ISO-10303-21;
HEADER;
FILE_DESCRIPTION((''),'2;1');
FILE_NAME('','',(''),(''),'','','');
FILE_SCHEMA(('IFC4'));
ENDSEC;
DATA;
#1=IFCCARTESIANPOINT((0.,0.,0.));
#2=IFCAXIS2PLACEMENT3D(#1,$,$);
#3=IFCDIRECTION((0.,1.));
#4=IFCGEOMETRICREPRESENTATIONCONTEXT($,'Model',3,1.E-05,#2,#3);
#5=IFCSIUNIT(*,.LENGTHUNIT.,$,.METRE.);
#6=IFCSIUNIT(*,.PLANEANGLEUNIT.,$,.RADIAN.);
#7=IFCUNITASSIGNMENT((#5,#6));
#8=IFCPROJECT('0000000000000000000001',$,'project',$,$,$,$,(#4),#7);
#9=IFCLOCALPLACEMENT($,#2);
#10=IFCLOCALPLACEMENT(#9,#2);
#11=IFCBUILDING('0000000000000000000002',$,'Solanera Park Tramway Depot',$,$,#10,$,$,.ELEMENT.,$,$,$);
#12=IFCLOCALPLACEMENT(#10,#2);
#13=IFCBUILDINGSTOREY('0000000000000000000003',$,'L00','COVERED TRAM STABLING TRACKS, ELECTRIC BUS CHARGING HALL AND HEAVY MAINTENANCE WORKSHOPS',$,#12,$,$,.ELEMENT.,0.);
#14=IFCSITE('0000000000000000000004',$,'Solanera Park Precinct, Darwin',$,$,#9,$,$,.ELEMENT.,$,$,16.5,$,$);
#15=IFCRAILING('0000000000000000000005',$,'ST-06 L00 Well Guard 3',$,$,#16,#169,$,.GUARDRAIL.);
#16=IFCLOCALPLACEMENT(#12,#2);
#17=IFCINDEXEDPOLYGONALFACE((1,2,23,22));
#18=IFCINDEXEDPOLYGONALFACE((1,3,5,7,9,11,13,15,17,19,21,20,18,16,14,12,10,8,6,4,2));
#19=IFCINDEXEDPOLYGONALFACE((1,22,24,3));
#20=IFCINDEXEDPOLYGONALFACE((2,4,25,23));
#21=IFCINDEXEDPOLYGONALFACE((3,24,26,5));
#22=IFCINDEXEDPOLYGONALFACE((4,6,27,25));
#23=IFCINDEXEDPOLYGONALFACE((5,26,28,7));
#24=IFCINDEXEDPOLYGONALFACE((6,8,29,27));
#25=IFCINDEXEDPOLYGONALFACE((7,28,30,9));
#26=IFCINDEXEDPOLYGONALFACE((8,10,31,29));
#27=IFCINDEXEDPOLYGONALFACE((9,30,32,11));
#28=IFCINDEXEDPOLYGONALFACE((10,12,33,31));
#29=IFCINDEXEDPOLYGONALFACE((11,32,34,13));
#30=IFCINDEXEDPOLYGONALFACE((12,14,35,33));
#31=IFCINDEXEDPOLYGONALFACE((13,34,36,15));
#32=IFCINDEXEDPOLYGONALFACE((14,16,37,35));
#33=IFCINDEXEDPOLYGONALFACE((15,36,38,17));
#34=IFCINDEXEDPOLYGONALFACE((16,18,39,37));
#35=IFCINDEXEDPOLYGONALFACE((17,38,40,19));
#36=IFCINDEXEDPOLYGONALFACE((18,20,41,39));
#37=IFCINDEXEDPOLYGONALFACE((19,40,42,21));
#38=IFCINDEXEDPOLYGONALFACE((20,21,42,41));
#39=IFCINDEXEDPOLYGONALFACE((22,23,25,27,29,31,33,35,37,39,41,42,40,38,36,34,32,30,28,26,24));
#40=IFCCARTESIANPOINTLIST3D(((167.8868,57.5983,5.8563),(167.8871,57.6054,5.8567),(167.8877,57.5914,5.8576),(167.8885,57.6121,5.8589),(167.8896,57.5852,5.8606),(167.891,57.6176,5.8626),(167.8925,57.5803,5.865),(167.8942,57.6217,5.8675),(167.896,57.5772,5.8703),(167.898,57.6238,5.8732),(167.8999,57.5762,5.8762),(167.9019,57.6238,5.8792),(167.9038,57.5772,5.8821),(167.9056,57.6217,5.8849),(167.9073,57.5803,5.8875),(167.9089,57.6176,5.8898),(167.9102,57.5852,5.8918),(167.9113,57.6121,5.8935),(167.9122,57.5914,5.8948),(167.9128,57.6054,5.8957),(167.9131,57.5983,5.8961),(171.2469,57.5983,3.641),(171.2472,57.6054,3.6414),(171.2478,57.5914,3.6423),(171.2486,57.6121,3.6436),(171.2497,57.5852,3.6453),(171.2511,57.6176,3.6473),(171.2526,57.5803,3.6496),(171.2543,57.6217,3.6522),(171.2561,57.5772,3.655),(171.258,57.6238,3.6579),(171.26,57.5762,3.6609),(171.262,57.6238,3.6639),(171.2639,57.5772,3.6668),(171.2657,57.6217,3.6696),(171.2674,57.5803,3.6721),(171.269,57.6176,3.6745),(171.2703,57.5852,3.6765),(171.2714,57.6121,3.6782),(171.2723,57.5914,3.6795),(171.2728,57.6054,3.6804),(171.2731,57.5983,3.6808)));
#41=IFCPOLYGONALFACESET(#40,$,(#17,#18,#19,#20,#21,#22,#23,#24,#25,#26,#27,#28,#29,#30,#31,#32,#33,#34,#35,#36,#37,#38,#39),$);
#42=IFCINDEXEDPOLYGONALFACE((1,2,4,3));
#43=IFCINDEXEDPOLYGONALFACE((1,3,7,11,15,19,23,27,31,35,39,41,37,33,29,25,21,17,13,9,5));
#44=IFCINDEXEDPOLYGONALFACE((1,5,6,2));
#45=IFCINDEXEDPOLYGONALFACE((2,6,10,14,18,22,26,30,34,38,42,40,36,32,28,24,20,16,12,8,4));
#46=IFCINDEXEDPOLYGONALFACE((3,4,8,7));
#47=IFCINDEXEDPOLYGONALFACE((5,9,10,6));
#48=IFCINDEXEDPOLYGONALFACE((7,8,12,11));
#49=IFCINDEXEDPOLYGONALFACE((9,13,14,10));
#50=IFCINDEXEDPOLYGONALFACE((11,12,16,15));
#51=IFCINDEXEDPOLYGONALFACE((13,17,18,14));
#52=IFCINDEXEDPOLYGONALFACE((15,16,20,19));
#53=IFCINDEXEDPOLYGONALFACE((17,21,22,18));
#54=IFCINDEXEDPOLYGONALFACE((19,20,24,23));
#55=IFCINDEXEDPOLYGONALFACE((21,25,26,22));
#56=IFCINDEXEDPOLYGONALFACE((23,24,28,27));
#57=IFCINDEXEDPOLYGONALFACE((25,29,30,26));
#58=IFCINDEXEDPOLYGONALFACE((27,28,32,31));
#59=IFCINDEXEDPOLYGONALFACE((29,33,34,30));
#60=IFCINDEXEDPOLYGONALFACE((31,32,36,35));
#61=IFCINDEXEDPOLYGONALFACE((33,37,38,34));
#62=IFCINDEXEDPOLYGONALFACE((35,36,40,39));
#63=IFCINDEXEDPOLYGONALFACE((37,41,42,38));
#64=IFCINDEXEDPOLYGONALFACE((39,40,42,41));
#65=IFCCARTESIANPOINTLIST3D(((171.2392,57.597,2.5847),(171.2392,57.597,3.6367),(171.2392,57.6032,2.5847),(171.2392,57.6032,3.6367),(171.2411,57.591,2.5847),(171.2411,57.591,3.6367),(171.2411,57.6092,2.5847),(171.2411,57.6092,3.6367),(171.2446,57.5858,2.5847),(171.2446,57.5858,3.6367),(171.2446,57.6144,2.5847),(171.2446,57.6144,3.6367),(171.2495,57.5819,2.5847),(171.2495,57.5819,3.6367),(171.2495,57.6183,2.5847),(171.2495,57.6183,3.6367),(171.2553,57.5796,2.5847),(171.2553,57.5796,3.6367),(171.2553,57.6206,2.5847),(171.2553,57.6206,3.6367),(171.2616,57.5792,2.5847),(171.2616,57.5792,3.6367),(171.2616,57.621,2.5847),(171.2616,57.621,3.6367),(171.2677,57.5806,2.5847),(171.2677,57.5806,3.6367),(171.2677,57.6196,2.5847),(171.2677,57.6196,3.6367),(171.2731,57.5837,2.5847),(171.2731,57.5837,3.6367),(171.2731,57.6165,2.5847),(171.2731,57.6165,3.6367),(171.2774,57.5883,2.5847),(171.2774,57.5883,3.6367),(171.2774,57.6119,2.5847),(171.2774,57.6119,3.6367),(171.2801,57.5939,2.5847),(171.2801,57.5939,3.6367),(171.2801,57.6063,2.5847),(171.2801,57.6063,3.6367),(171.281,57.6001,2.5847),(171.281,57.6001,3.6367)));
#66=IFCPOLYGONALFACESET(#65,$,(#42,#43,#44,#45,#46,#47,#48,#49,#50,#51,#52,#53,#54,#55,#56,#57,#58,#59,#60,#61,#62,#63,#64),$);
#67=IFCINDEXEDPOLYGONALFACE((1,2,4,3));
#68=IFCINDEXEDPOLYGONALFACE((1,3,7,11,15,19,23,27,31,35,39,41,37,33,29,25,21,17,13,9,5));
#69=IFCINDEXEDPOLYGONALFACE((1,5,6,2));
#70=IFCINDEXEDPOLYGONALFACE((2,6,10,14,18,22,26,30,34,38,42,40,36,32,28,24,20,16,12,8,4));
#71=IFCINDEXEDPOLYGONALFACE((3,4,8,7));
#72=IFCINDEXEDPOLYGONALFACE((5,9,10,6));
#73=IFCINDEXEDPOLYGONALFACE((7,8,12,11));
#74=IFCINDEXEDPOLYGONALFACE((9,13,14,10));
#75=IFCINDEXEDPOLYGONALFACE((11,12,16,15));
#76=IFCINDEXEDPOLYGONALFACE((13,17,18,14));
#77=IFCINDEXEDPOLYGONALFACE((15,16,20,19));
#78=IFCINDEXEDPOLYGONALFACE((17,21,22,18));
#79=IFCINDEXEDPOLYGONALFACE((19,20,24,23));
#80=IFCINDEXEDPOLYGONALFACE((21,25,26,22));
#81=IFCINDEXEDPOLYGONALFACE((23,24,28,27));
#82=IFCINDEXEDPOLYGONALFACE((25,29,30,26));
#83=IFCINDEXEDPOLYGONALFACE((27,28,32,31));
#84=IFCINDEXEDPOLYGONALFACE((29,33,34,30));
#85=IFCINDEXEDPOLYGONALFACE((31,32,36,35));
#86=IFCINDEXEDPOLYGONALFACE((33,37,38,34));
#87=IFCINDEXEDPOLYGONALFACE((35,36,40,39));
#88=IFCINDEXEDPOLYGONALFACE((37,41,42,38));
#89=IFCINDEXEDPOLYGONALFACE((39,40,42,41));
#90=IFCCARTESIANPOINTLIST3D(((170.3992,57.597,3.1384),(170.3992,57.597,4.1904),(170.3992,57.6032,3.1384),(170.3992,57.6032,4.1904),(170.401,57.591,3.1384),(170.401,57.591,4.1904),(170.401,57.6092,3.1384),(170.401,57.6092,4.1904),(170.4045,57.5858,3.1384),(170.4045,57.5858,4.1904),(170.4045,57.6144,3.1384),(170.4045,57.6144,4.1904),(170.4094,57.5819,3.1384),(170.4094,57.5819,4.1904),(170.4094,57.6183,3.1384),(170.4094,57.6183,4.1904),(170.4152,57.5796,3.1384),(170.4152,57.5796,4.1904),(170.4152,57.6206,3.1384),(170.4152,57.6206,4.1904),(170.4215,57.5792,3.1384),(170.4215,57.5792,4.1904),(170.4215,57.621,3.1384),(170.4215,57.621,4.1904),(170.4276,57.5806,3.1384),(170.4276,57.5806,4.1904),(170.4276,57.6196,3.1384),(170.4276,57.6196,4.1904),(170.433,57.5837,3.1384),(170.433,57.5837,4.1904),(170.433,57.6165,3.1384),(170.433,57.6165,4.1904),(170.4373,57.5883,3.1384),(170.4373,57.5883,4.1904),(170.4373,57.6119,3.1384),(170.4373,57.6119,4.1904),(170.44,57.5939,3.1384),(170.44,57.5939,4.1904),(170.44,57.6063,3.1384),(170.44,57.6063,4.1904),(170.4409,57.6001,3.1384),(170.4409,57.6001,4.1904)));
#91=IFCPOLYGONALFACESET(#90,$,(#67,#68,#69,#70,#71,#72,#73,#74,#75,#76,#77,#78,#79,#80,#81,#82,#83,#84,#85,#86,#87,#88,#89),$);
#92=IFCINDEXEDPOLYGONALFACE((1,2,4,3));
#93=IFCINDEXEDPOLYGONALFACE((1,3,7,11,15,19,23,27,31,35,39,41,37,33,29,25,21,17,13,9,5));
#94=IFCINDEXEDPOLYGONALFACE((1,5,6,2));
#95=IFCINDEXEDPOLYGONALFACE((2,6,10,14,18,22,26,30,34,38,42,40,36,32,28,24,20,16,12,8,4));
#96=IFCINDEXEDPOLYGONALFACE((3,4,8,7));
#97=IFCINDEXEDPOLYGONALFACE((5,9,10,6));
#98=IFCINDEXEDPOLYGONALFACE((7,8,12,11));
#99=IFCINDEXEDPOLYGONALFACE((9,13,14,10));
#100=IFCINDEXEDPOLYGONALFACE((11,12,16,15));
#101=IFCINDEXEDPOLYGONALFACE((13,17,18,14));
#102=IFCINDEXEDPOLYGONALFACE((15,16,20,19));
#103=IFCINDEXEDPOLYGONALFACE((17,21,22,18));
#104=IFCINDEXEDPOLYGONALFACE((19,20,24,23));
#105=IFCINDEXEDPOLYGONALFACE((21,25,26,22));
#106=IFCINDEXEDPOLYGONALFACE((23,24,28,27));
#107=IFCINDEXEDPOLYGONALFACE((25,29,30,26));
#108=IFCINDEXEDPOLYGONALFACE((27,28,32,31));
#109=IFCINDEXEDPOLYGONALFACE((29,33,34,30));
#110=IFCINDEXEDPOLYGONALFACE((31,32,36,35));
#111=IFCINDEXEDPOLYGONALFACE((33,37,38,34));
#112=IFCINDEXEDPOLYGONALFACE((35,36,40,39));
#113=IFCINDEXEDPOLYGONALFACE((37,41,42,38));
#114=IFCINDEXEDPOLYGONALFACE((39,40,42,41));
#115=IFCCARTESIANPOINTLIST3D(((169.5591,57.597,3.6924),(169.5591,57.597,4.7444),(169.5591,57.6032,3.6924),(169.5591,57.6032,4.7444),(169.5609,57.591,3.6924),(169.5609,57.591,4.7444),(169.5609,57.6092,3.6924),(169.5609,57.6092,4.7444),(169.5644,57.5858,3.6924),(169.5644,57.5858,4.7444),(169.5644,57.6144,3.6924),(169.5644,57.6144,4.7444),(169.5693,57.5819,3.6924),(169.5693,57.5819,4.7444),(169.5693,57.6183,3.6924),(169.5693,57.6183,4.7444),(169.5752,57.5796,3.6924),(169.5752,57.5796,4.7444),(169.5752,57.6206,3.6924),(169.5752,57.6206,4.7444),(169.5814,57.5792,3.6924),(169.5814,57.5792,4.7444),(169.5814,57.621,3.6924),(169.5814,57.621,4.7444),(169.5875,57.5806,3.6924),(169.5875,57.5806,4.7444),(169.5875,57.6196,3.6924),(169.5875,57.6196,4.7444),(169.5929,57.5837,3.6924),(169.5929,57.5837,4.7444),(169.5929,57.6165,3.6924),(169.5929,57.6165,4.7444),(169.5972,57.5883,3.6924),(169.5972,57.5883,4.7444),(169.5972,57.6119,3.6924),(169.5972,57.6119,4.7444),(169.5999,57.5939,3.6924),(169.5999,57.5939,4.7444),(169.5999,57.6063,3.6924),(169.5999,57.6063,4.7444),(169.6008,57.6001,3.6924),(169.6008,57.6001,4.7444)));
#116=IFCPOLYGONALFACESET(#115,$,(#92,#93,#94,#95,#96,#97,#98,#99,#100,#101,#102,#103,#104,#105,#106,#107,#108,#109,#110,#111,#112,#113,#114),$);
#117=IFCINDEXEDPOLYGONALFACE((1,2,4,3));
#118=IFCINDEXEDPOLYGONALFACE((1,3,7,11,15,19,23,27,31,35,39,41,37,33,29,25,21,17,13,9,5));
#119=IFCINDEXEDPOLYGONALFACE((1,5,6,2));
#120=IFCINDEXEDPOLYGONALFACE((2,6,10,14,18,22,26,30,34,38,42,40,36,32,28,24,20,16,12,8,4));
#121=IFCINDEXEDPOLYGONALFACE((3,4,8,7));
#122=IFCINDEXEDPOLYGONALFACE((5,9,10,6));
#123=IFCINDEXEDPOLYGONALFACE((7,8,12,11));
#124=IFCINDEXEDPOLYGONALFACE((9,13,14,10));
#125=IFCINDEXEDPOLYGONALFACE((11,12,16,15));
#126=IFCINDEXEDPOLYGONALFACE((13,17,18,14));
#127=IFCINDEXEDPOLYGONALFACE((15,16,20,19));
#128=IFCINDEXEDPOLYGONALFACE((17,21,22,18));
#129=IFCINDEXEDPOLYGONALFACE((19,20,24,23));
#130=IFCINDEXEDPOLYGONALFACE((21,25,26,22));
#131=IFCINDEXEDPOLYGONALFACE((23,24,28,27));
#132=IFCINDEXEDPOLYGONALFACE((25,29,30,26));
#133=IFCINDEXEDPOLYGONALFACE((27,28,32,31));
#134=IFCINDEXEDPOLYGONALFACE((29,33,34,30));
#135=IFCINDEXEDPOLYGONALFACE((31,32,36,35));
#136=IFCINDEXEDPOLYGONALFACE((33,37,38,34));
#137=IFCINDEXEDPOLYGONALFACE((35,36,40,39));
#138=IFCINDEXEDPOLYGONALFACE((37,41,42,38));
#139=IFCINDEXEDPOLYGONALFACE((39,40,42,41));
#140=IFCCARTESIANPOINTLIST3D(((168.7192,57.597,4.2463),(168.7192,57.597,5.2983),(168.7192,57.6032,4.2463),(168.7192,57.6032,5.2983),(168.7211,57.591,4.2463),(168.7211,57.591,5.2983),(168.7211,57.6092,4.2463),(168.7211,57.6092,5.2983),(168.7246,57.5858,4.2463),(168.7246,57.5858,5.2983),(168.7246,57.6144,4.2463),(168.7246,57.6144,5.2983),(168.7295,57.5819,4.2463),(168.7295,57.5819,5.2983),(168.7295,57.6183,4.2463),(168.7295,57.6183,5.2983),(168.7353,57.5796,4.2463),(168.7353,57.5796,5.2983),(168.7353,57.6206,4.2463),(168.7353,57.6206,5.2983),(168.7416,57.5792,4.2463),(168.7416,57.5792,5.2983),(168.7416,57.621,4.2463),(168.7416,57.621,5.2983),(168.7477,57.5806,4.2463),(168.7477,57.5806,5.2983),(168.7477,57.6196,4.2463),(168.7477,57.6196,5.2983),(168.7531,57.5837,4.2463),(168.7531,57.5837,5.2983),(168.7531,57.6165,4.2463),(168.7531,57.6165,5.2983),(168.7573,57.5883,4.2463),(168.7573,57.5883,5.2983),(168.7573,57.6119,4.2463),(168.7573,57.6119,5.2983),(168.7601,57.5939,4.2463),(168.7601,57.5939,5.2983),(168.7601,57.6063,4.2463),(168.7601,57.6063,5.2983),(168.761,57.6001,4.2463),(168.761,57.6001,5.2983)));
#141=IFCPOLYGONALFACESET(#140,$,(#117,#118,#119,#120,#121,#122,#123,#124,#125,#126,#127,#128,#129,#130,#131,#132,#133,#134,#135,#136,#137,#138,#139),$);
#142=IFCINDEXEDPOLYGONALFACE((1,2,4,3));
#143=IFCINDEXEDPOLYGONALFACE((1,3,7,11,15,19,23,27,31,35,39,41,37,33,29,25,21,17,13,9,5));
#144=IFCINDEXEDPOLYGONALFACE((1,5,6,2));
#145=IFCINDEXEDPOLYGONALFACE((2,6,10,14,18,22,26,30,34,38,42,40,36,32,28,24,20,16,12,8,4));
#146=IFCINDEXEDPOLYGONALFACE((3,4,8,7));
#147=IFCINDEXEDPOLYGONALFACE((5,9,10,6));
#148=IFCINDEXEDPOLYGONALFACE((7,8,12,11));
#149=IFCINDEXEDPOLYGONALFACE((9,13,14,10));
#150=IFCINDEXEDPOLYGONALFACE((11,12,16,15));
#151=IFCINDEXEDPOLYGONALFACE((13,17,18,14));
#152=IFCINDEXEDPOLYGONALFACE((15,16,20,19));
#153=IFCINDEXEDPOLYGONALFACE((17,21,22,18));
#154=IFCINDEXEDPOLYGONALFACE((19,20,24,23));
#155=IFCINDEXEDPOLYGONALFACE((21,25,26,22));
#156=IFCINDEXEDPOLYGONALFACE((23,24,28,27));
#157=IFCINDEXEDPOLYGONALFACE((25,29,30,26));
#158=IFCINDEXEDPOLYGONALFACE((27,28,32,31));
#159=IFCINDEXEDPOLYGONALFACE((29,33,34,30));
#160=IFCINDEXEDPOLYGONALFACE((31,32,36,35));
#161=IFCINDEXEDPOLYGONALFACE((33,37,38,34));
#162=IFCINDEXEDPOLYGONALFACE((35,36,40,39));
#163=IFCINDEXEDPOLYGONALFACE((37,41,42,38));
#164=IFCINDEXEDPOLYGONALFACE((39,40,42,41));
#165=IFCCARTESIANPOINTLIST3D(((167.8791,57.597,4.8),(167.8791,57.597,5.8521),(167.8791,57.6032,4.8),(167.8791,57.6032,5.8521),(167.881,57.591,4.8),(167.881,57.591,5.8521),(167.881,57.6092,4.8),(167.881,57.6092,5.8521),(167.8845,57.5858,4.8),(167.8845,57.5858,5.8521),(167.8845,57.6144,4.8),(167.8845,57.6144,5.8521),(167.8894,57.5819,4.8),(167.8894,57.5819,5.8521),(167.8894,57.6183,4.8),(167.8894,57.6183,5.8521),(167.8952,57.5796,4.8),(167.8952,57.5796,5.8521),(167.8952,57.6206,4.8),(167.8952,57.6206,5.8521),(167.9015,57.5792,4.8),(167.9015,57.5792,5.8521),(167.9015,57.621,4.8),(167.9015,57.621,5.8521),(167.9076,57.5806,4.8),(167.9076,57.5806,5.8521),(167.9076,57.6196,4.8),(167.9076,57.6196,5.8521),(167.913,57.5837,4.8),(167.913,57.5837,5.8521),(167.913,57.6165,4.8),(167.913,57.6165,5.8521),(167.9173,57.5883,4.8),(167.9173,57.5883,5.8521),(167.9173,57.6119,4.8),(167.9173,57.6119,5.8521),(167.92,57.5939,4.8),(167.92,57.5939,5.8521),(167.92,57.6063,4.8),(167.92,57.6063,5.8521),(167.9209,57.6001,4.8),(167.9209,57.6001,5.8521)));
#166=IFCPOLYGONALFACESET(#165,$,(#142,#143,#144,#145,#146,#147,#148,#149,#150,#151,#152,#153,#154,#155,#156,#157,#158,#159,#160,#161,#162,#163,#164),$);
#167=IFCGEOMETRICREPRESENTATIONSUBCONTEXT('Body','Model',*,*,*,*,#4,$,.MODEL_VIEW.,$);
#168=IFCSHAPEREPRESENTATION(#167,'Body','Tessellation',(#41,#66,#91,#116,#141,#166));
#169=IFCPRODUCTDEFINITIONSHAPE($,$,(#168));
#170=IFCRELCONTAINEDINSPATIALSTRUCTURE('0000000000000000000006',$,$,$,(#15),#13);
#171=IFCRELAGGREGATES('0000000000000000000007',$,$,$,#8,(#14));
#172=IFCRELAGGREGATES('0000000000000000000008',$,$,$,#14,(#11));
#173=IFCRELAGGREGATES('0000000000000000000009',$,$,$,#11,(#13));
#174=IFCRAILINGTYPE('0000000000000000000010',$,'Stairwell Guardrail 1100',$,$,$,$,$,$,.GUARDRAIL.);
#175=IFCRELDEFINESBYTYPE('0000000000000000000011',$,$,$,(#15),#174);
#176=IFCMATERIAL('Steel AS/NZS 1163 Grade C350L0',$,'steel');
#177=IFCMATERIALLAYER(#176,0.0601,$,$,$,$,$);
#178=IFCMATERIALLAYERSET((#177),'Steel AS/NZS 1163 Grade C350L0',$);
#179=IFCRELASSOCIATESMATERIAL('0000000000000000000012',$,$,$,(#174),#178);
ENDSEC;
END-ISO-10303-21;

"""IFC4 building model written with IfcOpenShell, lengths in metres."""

from ifc_helpers import new_model, si_unit, direction, frame, origin, origin_2d, place, context, subcontext, project, spatial, circle, extrude, material, layer, layer_set, type_object, element, save


model = new_model("IFC4")

# Units and contexts
model_context = context("Model", 3, precision=1e-05, world=origin(), true_north=direction((0.0, 1.0)))
body_context = subcontext(model_context, "Body", "Model", "MODEL_VIEW")
ifc_project = project(units=[si_unit("LENGTHUNIT", "METRE"), si_unit("PLANEANGLEUNIT", "RADIAN")], contexts=[model_context])

# Site, building, storey
site_placement = place(None, origin())
site = spatial("IfcSite", under=ifc_project, at=site_placement, Name="Solanera Park Precinct, Darwin", CompositionType="ELEMENT", RefElevation=16.5)
building_placement = place(site_placement, origin())
building = spatial("IfcBuilding", under=site, at=building_placement, Name="Solanera Park Tramway Depot", CompositionType="ELEMENT")
storey_placement = place(building_placement, origin())
storey = spatial("IfcBuildingStorey", under=building, at=storey_placement, Name="L00", Description="COVERED TRAM STABLING TRACKS, ELECTRIC BUS CHARGING HALL AND HEAVY MAINTENANCE WORKSHOPS", CompositionType="ELEMENT", Elevation=0.0)

# Railing
ifc_material_1 = material(Name="Steel AS/NZS 1163 Grade C350L0", Category="steel")
ifc_layer_1 = layer(ifc_material_1, 0.0601)
ifc_layer_set_1 = layer_set([ifc_layer_1], Name="Steel AS/NZS 1163 Grade C350L0")
railing_type_1 = type_object("IfcRailingType", Name="Stairwell Guardrail 1100", PredefinedType="GUARDRAIL", material=ifc_layer_set_1)
railing_1_placement = place(storey_placement, frame((171.26, 57.6001, 2.5847)))
element("IfcRailing", 1, at=railing_1_placement, inside=storey, type_object=railing_type_1, Name="ST-06 L00 Well Guard 3", PredefinedType="GUARDRAIL", context=body_context, shape_type="SweptSolid", body=[
    extrude(circle(Radius=0.0239, at=origin_2d()), frame((0.0, 0.0, 1.0762), z_axis=(-0.834876, 0.0, 0.550437), x_axis=(0.0, -1.0, 0.0)), (0.0, 0.0, 1.0), 4.0247),
    extrude(circle(Radius=0.021, at=origin_2d()), origin(), (0.0, 0.0, 1.0), 1.052),
    extrude(circle(Radius=0.021, at=origin_2d()), frame((-0.8401, 0.0, 0.5537)), (0.0, 0.0, 1.0), 1.052),
    extrude(circle(Radius=0.021, at=origin_2d()), frame((-1.6802, 0.0, 1.1077)), (0.0, 0.0, 1.0), 1.052),
    extrude(circle(Radius=0.021, at=origin_2d()), frame((-2.52, 0.0, 1.6616)), (0.0, 0.0, 1.0), 1.052),
    extrude(circle(Radius=0.021, at=origin_2d()), frame((-3.3601, 0.0, 2.2153)), (0.0, 0.0, 1.0), 1.052),
])

save(model, "model.ifc")
